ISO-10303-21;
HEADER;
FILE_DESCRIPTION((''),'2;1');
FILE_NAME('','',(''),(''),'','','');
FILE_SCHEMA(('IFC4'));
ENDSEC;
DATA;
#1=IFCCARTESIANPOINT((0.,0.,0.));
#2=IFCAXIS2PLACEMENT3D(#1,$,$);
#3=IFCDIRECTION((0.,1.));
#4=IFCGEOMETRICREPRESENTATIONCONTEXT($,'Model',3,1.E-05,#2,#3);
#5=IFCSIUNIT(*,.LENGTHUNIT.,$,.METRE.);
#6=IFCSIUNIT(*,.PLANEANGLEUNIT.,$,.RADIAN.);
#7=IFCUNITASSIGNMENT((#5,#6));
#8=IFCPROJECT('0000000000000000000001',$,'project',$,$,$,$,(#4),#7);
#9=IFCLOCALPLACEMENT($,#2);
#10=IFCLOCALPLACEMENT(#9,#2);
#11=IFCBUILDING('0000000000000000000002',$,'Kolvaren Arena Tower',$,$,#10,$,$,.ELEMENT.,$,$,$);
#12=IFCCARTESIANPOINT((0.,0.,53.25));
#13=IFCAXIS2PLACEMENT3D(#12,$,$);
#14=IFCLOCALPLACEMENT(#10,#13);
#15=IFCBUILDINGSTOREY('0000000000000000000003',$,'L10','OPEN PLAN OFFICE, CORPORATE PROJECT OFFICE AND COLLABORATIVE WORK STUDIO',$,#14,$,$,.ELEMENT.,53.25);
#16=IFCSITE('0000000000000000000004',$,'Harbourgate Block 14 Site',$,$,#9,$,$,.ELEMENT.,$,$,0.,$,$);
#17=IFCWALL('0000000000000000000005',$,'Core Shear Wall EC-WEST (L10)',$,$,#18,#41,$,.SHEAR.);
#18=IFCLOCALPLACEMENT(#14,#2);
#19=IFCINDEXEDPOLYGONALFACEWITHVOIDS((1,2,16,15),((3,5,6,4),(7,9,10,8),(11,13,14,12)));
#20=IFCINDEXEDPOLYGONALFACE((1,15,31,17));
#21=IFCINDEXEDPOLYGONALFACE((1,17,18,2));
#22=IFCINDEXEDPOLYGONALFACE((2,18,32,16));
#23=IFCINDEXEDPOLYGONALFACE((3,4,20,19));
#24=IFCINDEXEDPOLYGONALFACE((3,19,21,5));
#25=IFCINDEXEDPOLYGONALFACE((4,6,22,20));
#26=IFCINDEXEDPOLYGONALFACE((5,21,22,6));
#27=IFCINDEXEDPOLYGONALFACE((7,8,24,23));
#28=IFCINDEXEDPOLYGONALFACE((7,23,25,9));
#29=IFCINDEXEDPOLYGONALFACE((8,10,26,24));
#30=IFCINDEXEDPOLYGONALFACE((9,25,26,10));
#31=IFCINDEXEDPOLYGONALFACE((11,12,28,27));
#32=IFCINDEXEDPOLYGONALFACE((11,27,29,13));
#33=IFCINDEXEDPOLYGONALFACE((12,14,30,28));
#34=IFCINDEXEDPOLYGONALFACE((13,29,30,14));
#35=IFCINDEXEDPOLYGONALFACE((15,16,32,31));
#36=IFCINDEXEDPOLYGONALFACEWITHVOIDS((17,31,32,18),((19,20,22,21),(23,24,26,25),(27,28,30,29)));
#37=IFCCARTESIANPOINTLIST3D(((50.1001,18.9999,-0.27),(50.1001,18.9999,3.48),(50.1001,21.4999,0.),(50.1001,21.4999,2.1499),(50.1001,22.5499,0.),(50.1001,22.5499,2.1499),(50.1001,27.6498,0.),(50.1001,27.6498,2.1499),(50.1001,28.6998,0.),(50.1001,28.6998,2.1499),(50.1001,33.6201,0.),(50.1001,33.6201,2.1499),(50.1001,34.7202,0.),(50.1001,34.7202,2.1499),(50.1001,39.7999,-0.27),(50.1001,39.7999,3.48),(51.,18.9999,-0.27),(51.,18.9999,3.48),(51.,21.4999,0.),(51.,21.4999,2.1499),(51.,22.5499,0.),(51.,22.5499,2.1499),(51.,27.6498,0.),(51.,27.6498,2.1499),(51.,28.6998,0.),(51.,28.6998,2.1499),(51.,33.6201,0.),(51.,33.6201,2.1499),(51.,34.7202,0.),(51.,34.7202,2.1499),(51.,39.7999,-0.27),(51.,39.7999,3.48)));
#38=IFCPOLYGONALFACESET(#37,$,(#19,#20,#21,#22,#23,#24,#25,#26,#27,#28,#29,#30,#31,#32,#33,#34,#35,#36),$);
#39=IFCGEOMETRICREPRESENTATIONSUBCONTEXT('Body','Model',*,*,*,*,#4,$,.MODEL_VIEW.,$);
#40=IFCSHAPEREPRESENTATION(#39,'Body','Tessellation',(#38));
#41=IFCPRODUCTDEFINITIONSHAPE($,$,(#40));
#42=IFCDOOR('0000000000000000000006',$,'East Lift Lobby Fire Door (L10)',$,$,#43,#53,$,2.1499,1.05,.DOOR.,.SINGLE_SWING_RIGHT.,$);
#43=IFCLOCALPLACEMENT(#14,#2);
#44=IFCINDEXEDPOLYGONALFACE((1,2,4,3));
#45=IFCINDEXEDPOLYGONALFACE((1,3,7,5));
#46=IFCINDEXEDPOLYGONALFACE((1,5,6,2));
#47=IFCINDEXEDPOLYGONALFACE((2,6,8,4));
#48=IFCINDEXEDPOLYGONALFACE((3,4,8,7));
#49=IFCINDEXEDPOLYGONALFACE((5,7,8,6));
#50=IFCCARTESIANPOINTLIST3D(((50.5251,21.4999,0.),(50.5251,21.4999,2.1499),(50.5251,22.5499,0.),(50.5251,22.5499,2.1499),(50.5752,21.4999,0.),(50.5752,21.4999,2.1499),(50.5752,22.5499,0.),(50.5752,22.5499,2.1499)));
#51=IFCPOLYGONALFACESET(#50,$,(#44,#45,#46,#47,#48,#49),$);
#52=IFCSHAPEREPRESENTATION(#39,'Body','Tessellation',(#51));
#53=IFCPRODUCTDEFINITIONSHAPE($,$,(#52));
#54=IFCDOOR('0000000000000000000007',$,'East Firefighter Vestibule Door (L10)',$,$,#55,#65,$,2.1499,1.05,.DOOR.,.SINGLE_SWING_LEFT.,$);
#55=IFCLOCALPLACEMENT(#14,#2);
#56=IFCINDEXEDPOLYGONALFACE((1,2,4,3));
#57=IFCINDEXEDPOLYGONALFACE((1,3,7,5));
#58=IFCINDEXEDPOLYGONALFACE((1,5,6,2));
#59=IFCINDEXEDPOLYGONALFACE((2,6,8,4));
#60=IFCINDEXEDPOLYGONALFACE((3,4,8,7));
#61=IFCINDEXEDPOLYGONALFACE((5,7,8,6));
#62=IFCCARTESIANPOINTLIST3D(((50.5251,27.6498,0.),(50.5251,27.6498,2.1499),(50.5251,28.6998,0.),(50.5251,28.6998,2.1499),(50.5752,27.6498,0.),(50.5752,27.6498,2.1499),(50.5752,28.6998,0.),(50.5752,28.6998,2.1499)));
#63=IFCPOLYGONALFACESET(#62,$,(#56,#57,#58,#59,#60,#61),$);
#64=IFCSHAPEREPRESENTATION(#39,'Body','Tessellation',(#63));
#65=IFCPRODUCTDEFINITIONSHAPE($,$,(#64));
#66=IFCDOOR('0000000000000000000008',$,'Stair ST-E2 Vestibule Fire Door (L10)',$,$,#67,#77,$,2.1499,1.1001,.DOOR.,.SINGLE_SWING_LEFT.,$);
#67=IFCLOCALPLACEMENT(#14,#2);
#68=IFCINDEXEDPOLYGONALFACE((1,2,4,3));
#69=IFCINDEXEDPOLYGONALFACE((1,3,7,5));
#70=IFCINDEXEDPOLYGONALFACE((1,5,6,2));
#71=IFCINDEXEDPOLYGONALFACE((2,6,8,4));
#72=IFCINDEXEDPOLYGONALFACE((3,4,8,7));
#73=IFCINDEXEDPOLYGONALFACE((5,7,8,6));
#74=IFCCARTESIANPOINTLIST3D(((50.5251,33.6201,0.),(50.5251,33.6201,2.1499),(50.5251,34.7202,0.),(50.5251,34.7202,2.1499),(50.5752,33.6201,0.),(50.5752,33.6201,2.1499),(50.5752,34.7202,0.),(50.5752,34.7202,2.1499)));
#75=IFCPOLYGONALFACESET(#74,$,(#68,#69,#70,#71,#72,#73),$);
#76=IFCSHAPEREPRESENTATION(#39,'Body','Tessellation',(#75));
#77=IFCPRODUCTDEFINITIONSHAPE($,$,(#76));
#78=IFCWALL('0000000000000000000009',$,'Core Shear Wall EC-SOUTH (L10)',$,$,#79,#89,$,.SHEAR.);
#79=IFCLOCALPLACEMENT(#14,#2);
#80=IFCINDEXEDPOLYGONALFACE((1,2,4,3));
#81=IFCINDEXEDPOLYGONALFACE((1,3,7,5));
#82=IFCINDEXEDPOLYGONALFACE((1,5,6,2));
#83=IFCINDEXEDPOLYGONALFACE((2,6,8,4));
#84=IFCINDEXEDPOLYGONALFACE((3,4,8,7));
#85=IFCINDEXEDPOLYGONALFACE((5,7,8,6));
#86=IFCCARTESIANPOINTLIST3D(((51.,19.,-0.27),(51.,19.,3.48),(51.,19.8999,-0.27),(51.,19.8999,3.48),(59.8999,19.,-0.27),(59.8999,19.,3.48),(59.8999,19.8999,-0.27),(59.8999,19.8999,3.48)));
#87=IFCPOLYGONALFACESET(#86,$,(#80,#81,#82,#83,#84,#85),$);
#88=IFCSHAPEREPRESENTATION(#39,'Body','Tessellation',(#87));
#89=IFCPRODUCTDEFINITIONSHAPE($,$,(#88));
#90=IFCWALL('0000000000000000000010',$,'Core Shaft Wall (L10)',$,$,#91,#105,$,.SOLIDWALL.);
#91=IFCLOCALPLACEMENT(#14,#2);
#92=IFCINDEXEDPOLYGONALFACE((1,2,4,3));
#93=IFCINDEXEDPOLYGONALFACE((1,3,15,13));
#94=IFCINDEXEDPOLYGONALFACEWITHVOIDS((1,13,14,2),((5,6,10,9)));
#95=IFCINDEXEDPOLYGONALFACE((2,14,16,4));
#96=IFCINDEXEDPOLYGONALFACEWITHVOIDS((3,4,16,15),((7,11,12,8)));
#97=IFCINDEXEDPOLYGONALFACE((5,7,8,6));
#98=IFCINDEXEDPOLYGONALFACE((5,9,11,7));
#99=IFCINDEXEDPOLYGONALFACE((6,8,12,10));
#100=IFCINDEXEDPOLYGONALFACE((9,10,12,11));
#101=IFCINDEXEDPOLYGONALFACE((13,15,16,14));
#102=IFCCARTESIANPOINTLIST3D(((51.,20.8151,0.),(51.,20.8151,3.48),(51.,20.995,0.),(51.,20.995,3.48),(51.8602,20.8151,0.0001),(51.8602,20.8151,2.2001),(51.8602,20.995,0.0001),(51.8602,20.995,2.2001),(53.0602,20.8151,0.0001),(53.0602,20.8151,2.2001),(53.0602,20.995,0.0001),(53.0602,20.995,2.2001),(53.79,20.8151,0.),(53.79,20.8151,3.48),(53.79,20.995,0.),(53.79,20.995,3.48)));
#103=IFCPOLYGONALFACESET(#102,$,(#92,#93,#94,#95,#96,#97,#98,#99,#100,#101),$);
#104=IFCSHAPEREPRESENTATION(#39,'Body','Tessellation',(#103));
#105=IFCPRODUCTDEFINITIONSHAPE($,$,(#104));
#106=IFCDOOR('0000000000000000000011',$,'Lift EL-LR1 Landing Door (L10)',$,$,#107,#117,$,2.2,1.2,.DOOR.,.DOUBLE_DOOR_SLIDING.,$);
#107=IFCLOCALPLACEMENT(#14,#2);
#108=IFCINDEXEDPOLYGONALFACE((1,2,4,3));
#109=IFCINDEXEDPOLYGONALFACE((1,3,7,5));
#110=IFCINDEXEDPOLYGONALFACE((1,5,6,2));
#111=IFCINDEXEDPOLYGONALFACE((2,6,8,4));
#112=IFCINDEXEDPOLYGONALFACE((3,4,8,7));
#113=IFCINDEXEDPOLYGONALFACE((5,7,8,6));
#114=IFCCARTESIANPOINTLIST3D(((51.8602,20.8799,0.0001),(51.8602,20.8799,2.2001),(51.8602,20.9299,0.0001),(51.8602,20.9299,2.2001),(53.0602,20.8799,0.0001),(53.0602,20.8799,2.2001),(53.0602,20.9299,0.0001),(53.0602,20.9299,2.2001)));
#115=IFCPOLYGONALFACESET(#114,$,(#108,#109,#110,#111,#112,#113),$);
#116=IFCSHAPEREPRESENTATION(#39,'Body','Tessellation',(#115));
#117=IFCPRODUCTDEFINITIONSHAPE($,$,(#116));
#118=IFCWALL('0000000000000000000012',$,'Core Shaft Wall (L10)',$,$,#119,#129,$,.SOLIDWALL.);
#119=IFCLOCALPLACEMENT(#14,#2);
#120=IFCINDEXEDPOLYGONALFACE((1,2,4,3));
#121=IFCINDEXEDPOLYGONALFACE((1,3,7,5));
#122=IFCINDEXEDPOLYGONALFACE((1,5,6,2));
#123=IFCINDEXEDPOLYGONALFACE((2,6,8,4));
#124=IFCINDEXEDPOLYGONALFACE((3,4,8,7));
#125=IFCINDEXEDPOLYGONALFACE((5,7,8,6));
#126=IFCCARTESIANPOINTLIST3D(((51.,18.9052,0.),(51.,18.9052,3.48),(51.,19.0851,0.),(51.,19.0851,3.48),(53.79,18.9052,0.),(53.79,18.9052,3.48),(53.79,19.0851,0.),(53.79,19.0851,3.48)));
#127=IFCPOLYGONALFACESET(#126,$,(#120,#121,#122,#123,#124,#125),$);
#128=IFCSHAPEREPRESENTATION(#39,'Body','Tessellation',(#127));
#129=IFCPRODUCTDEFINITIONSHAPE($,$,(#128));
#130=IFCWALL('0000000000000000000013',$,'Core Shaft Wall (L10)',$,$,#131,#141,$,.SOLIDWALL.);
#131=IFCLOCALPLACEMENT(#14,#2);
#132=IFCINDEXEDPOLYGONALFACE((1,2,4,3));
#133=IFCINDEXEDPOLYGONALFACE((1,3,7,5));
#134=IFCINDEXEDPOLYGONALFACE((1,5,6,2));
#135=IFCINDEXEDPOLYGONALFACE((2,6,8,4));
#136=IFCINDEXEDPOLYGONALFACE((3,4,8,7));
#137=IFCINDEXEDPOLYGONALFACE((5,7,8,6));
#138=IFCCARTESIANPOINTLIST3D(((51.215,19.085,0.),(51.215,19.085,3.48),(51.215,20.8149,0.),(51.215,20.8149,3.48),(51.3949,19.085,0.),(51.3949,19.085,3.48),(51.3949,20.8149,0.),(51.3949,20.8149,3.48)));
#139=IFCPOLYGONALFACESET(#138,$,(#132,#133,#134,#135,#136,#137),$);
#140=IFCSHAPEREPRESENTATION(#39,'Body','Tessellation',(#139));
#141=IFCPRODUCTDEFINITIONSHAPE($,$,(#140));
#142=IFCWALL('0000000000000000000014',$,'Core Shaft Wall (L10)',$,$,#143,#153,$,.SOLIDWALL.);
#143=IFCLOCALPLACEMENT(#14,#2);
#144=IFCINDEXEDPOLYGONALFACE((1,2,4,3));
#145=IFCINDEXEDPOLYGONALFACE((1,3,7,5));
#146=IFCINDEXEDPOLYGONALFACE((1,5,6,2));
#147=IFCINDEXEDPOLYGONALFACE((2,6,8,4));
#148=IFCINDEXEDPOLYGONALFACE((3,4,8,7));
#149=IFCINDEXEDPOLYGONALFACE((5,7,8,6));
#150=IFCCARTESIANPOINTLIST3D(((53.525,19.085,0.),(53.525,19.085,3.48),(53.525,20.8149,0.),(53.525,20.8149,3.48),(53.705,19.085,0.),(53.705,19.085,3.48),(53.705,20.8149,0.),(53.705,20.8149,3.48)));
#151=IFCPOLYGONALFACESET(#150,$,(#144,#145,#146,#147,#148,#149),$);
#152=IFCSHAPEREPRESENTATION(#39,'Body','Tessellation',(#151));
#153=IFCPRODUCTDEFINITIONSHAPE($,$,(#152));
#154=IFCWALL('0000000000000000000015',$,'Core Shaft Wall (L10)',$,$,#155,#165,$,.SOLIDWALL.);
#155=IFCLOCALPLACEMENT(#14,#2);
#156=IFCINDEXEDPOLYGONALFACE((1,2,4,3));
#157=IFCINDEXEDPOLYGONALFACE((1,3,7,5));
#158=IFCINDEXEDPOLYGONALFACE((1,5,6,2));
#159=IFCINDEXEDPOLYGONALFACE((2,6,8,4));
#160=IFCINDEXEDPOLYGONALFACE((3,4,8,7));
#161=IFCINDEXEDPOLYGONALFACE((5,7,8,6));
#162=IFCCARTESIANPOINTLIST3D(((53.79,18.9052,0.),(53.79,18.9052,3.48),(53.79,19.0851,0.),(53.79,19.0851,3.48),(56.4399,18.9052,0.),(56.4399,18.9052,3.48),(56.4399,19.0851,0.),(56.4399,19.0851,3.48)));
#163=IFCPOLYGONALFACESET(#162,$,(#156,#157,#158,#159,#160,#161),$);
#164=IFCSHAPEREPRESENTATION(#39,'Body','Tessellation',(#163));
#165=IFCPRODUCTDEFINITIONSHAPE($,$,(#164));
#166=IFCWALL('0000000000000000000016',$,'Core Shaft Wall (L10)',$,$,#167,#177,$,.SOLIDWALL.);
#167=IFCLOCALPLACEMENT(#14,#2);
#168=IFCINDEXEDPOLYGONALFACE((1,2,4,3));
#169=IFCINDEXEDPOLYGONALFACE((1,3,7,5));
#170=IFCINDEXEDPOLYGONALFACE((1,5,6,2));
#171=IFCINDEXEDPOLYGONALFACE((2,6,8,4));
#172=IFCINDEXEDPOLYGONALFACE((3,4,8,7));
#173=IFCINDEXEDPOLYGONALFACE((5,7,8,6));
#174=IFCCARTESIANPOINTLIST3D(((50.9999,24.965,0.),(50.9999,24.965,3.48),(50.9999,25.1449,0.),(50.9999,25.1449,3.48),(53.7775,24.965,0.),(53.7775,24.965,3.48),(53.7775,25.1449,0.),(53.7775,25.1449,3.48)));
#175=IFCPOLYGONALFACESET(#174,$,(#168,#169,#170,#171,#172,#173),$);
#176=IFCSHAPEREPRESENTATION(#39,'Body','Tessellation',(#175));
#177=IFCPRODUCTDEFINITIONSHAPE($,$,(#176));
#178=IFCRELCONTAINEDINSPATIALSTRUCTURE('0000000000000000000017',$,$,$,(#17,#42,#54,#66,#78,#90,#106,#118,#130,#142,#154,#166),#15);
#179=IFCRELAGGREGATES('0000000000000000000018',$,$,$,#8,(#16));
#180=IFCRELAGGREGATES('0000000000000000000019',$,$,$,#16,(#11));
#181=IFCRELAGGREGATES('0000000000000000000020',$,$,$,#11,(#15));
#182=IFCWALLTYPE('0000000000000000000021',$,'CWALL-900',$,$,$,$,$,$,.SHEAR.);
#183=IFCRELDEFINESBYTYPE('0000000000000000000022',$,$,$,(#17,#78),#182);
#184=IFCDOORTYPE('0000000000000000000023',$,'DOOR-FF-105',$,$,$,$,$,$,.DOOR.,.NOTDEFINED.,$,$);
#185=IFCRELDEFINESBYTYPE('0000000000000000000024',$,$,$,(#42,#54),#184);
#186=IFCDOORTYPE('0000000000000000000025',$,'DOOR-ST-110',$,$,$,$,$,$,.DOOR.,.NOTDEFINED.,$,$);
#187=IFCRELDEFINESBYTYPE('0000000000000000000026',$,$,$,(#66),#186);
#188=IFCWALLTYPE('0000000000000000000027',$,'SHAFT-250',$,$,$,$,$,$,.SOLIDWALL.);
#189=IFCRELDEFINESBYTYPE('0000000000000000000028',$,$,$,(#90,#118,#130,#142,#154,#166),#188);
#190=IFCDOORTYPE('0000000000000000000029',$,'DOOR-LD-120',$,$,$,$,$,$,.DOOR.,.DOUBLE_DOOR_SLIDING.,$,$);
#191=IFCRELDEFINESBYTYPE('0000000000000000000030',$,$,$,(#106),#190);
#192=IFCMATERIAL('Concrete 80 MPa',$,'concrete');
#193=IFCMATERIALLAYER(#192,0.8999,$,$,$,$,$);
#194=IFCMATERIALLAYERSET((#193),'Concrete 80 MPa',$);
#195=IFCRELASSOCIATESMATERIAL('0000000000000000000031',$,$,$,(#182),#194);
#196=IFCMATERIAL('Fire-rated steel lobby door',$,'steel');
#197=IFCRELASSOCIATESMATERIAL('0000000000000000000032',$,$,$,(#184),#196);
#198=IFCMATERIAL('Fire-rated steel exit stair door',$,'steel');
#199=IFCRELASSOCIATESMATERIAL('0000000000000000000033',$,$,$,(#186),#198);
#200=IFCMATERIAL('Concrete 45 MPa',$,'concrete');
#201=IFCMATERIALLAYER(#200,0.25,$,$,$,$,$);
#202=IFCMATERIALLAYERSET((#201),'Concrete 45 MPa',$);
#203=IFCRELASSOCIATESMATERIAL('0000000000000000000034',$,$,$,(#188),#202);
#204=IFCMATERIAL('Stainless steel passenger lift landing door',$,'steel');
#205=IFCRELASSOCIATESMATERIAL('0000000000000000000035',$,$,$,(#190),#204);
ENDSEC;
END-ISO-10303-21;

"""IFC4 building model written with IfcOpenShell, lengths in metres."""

from ifc_helpers import new_model, si_unit, direction, frame, frame_2d, origin, place, context, subcontext, project, spatial, rectangle, extrude, material, layer, layer_set, type_object, element, fill, save


model = new_model("IFC4")

# Units and contexts
model_context = context("Model", 3, precision=1e-05, world=origin(), true_north=direction((0.0, 1.0)))
body_context = subcontext(model_context, "Body", "Model", "MODEL_VIEW")
ifc_project = project(units=[si_unit("LENGTHUNIT", "METRE"), si_unit("PLANEANGLEUNIT", "RADIAN")], contexts=[model_context])

# Site, building, storey
site_placement = place(None, origin())
site = spatial("IfcSite", under=ifc_project, at=site_placement, Name="Harbourgate Block 14 Site", CompositionType="ELEMENT", RefElevation=0.0)
building_placement = place(site_placement, origin())
building = spatial("IfcBuilding", under=site, at=building_placement, Name="Kolvaren Arena Tower", CompositionType="ELEMENT")
storey_placement = place(building_placement, frame((0.0, 0.0, 53.25)))
storey = spatial("IfcBuildingStorey", under=building, at=storey_placement, Name="L10", Description="OPEN PLAN OFFICE, CORPORATE PROJECT OFFICE AND COLLABORATIVE WORK STUDIO", CompositionType="ELEMENT", Elevation=53.25)

# Wall, openings, doors
ifc_material_1 = material(Name="Concrete 80 MPa", Category="concrete")
ifc_layer_1 = layer(ifc_material_1, 0.8999)
ifc_layer_set_1 = layer_set([ifc_layer_1], Name="Concrete 80 MPa")
wall_type_1 = type_object("IfcWallType", Name="CWALL-900", PredefinedType="SHEAR", material=ifc_layer_set_1)
wall_1_placement = place(storey_placement, frame((50.55, 19.0, -0.27), z_axis=(0.0, 0.0, 1.0), x_axis=(0.0, 1.0, 0.0)))
wall_1 = element("IfcWall", 1, at=wall_1_placement, inside=storey, type_object=wall_type_1, Name="Core Shear Wall EC-WEST (L10)", PredefinedType="SHEAR", context=body_context, shape_type="SweptSolid", body=[
    extrude(rectangle(XDim=20.8, YDim=0.8999, at=frame_2d((10.3999, 0.0))), origin(), (0.0, 0.0, 1.0), 3.75),
])
opening_1_placement = place(wall_1_placement, frame((2.5, 0.0, 0.27)))
opening_1 = element("IfcOpeningElement", 2, at=opening_1_placement, cuts=wall_1, PredefinedType="OPENING", context=body_context, shape_type="SweptSolid", body=[
    extrude(rectangle(XDim=1.05, YDim=2.1499, at=frame_2d((0.5249, 1.075))), frame((0.0, 0.46, 0.0), z_axis=(0.0, -1.0, 0.0), x_axis=(1.0, 0.0, 0.0)), (0.0, 0.0, 1.0), 0.9199),
])
opening_2_placement = place(wall_1_placement, frame((8.6499, 0.0, 0.27)))
opening_2 = element("IfcOpeningElement", 3, at=opening_2_placement, cuts=wall_1, PredefinedType="OPENING", context=body_context, shape_type="SweptSolid", body=[
    extrude(rectangle(XDim=1.05, YDim=2.1499, at=frame_2d((0.5249, 1.075))), frame((0.0, 0.46, 0.0), z_axis=(0.0, -1.0, 0.0), x_axis=(1.0, 0.0, 0.0)), (0.0, 0.0, 1.0), 0.9199),
])
opening_3_placement = place(wall_1_placement, frame((14.6201, 0.0, 0.27)))
opening_3 = element("IfcOpeningElement", 4, at=opening_3_placement, cuts=wall_1, PredefinedType="OPENING", context=body_context, shape_type="SweptSolid", body=[
    extrude(rectangle(XDim=1.1001, YDim=2.1499, at=frame_2d((0.55, 1.075))), frame((0.0, 0.46, 0.0), z_axis=(0.0, -1.0, 0.0), x_axis=(1.0, 0.0, 0.0)), (0.0, 0.0, 1.0), 0.9199),
])
ifc_material_2 = material(Name="Fire-rated steel lobby door", Category="steel")
door_type_1 = type_object("IfcDoorType", Name="DOOR-FF-105", OperationType="NOTDEFINED", PredefinedType="DOOR", material=ifc_material_2)
door_1_placement = place(opening_1_placement, origin())
door_1 = element("IfcDoor", 5, at=door_1_placement, inside=storey, type_object=door_type_1, Name="East Lift Lobby Fire Door (L10)", OperationType="SINGLE_SWING_RIGHT", OverallHeight=2.1499, OverallWidth=1.05, PredefinedType="DOOR", context=body_context, shape_type="SweptSolid", body=[
    extrude(rectangle(XDim=1.05, YDim=2.1499, at=frame_2d((0.5249, 1.075))), frame((0.0, 0.0249, 0.0), z_axis=(0.0, -1.0, 0.0), x_axis=(1.0, 0.0, 0.0)), (0.0, 0.0, 1.0), 0.05),
])
fill(opening_1, door_1)
door_2_placement = place(opening_2_placement, origin())
door_2 = element("IfcDoor", 6, at=door_2_placement, inside=storey, type_object=door_type_1, Name="East Firefighter Vestibule Door (L10)", OperationType="SINGLE_SWING_LEFT", OverallHeight=2.1499, OverallWidth=1.05, PredefinedType="DOOR", context=body_context, shape_type="SweptSolid", body=[
    extrude(rectangle(XDim=1.05, YDim=2.1499, at=frame_2d((0.5249, 1.075))), frame((0.0, 0.0249, 0.0), z_axis=(0.0, -1.0, 0.0), x_axis=(1.0, 0.0, 0.0)), (0.0, 0.0, 1.0), 0.05),
])
fill(opening_2, door_2)
ifc_material_3 = material(Name="Fire-rated steel exit stair door", Category="steel")
door_type_2 = type_object("IfcDoorType", Name="DOOR-ST-110", OperationType="NOTDEFINED", PredefinedType="DOOR", material=ifc_material_3)
door_3_placement = place(opening_3_placement, origin())
door_3 = element("IfcDoor", 7, at=door_3_placement, inside=storey, type_object=door_type_2, Name="Stair ST-E2 Vestibule Fire Door (L10)", OperationType="SINGLE_SWING_LEFT", OverallHeight=2.1499, OverallWidth=1.1001, PredefinedType="DOOR", context=body_context, shape_type="SweptSolid", body=[
    extrude(rectangle(XDim=1.1001, YDim=2.1499, at=frame_2d((0.55, 1.075))), frame((0.0, 0.0249, 0.0), z_axis=(0.0, -1.0, 0.0), x_axis=(1.0, 0.0, 0.0)), (0.0, 0.0, 1.0), 0.05),
])
fill(opening_3, door_3)

# Wall
wall_2_placement = place(storey_placement, frame((51.0, 19.45, -0.27), z_axis=(0.0, 0.0, 1.0), x_axis=(1.0, 0.0, 0.0)))
element("IfcWall", 8, at=wall_2_placement, inside=storey, type_object=wall_type_1, Name="Core Shear Wall EC-SOUTH (L10)", PredefinedType="SHEAR", context=body_context, shape_type="SweptSolid", body=[
    extrude(rectangle(XDim=8.8999, YDim=0.8999, at=frame_2d((4.45, 0.0))), origin(), (0.0, 0.0, 1.0), 3.75),
])

# Wall, opening, door
ifc_material_4 = material(Name="Concrete 45 MPa", Category="concrete")
ifc_layer_2 = layer(ifc_material_4, 0.25)
ifc_layer_set_2 = layer_set([ifc_layer_2], Name="Concrete 45 MPa")
wall_type_2 = type_object("IfcWallType", Name="SHAFT-250", PredefinedType="SOLIDWALL", material=ifc_layer_set_2)
wall_3_placement = place(storey_placement, frame((51.0, 20.905, 0.0), z_axis=(0.0, 0.0, 1.0), x_axis=(1.0, 0.0, 0.0)))
wall_3 = element("IfcWall", 9, at=wall_3_placement, inside=storey, type_object=wall_type_2, Name="Core Shaft Wall (L10)", PredefinedType="SOLIDWALL", context=body_context, shape_type="SweptSolid", body=[
    extrude(rectangle(XDim=2.79, YDim=0.1799, at=frame_2d((1.395, 0.0))), origin(), (0.0, 0.0, 1.0), 3.48),
])
opening_4_placement = place(wall_3_placement, frame((0.8601, 0.0, 0.0)))
opening_4 = element("IfcOpeningElement", 10, at=opening_4_placement, cuts=wall_3, PredefinedType="OPENING", context=body_context, shape_type="SweptSolid", body=[
    extrude(rectangle(XDim=1.2, YDim=2.2, at=frame_2d((0.6001, 1.1001))), frame((0.0, 0.0999, 0.0), z_axis=(0.0, -1.0, 0.0), x_axis=(1.0, 0.0, 0.0)), (0.0, 0.0, 1.0), 0.2),
])
ifc_material_5 = material(Name="Stainless steel passenger lift landing door", Category="steel")
door_type_3 = type_object("IfcDoorType", Name="DOOR-LD-120", OperationType="DOUBLE_DOOR_SLIDING", PredefinedType="DOOR", material=ifc_material_5)
door_4_placement = place(opening_4_placement, origin())
door_4 = element("IfcDoor", 11, at=door_4_placement, inside=storey, type_object=door_type_3, Name="Lift EL-LR1 Landing Door (L10)", OperationType="DOUBLE_DOOR_SLIDING", OverallHeight=2.2, OverallWidth=1.2, PredefinedType="DOOR", context=body_context, shape_type="SweptSolid", body=[
    extrude(rectangle(XDim=1.2, YDim=2.2, at=frame_2d((0.6001, 1.1001))), frame((0.0, 0.0249, 0.0), z_axis=(0.0, -1.0, 0.0), x_axis=(1.0, 0.0, 0.0)), (0.0, 0.0, 1.0), 0.05),
])
fill(opening_4, door_4)

# Walls
wall_4_placement = place(storey_placement, frame((51.0, 18.9951, 0.0), z_axis=(0.0, 0.0, 1.0), x_axis=(1.0, 0.0, 0.0)))
element("IfcWall", 12, at=wall_4_placement, inside=storey, type_object=wall_type_2, Name="Core Shaft Wall (L10)", PredefinedType="SOLIDWALL", context=body_context, shape_type="SweptSolid", body=[
    extrude(rectangle(XDim=2.79, YDim=0.1799, at=frame_2d((1.395, 0.0))), origin(), (0.0, 0.0, 1.0), 3.48),
])
for number, where, z_axis, x_axis, name in (
    (13, (51.3049, 19.085, 0.0), (0.0, 0.0, 1.0), (0.0, 1.0, 0.0), "Core Shaft Wall (L10)"),
    (14, (53.615, 19.085, 0.0), (0.0, 0.0, 1.0), (0.0, 1.0, 0.0), "Core Shaft Wall (L10)"),
):
    element("IfcWall", number, at=place(storey_placement, frame(where, z_axis=z_axis, x_axis=x_axis)), inside=storey, type_object=wall_type_2, Name=name, PredefinedType="SOLIDWALL", context=body_context, shape_type="SweptSolid", body=[
        extrude(rectangle(XDim=1.73, YDim=0.1799, at=frame_2d((0.865, 0.0))), origin(), (0.0, 0.0, 1.0), 3.48),
    ])
wall_5_placement = place(storey_placement, frame((53.79, 18.9951, 0.0), z_axis=(0.0, 0.0, 1.0), x_axis=(1.0, 0.0, 0.0)))
element("IfcWall", 15, at=wall_5_placement, inside=storey, type_object=wall_type_2, Name="Core Shaft Wall (L10)", PredefinedType="SOLIDWALL", context=body_context, shape_type="SweptSolid", body=[
    extrude(rectangle(XDim=2.6499, YDim=0.1799, at=frame_2d((1.325, 0.0))), origin(), (0.0, 0.0, 1.0), 3.48),
])
wall_6_placement = place(storey_placement, frame((51.0, 25.0549, 0.0), z_axis=(0.0, 0.0, 1.0), x_axis=(1.0, 0.0, 0.0)))
element("IfcWall", 16, at=wall_6_placement, inside=storey, type_object=wall_type_2, Name="Core Shaft Wall (L10)", PredefinedType="SOLIDWALL", context=body_context, shape_type="SweptSolid", body=[
    extrude(rectangle(XDim=2.7776, YDim=0.1799, at=frame_2d((1.3887, 0.0))), origin(), (0.0, 0.0, 1.0), 3.48),
])

save(model, "model.ifc")
